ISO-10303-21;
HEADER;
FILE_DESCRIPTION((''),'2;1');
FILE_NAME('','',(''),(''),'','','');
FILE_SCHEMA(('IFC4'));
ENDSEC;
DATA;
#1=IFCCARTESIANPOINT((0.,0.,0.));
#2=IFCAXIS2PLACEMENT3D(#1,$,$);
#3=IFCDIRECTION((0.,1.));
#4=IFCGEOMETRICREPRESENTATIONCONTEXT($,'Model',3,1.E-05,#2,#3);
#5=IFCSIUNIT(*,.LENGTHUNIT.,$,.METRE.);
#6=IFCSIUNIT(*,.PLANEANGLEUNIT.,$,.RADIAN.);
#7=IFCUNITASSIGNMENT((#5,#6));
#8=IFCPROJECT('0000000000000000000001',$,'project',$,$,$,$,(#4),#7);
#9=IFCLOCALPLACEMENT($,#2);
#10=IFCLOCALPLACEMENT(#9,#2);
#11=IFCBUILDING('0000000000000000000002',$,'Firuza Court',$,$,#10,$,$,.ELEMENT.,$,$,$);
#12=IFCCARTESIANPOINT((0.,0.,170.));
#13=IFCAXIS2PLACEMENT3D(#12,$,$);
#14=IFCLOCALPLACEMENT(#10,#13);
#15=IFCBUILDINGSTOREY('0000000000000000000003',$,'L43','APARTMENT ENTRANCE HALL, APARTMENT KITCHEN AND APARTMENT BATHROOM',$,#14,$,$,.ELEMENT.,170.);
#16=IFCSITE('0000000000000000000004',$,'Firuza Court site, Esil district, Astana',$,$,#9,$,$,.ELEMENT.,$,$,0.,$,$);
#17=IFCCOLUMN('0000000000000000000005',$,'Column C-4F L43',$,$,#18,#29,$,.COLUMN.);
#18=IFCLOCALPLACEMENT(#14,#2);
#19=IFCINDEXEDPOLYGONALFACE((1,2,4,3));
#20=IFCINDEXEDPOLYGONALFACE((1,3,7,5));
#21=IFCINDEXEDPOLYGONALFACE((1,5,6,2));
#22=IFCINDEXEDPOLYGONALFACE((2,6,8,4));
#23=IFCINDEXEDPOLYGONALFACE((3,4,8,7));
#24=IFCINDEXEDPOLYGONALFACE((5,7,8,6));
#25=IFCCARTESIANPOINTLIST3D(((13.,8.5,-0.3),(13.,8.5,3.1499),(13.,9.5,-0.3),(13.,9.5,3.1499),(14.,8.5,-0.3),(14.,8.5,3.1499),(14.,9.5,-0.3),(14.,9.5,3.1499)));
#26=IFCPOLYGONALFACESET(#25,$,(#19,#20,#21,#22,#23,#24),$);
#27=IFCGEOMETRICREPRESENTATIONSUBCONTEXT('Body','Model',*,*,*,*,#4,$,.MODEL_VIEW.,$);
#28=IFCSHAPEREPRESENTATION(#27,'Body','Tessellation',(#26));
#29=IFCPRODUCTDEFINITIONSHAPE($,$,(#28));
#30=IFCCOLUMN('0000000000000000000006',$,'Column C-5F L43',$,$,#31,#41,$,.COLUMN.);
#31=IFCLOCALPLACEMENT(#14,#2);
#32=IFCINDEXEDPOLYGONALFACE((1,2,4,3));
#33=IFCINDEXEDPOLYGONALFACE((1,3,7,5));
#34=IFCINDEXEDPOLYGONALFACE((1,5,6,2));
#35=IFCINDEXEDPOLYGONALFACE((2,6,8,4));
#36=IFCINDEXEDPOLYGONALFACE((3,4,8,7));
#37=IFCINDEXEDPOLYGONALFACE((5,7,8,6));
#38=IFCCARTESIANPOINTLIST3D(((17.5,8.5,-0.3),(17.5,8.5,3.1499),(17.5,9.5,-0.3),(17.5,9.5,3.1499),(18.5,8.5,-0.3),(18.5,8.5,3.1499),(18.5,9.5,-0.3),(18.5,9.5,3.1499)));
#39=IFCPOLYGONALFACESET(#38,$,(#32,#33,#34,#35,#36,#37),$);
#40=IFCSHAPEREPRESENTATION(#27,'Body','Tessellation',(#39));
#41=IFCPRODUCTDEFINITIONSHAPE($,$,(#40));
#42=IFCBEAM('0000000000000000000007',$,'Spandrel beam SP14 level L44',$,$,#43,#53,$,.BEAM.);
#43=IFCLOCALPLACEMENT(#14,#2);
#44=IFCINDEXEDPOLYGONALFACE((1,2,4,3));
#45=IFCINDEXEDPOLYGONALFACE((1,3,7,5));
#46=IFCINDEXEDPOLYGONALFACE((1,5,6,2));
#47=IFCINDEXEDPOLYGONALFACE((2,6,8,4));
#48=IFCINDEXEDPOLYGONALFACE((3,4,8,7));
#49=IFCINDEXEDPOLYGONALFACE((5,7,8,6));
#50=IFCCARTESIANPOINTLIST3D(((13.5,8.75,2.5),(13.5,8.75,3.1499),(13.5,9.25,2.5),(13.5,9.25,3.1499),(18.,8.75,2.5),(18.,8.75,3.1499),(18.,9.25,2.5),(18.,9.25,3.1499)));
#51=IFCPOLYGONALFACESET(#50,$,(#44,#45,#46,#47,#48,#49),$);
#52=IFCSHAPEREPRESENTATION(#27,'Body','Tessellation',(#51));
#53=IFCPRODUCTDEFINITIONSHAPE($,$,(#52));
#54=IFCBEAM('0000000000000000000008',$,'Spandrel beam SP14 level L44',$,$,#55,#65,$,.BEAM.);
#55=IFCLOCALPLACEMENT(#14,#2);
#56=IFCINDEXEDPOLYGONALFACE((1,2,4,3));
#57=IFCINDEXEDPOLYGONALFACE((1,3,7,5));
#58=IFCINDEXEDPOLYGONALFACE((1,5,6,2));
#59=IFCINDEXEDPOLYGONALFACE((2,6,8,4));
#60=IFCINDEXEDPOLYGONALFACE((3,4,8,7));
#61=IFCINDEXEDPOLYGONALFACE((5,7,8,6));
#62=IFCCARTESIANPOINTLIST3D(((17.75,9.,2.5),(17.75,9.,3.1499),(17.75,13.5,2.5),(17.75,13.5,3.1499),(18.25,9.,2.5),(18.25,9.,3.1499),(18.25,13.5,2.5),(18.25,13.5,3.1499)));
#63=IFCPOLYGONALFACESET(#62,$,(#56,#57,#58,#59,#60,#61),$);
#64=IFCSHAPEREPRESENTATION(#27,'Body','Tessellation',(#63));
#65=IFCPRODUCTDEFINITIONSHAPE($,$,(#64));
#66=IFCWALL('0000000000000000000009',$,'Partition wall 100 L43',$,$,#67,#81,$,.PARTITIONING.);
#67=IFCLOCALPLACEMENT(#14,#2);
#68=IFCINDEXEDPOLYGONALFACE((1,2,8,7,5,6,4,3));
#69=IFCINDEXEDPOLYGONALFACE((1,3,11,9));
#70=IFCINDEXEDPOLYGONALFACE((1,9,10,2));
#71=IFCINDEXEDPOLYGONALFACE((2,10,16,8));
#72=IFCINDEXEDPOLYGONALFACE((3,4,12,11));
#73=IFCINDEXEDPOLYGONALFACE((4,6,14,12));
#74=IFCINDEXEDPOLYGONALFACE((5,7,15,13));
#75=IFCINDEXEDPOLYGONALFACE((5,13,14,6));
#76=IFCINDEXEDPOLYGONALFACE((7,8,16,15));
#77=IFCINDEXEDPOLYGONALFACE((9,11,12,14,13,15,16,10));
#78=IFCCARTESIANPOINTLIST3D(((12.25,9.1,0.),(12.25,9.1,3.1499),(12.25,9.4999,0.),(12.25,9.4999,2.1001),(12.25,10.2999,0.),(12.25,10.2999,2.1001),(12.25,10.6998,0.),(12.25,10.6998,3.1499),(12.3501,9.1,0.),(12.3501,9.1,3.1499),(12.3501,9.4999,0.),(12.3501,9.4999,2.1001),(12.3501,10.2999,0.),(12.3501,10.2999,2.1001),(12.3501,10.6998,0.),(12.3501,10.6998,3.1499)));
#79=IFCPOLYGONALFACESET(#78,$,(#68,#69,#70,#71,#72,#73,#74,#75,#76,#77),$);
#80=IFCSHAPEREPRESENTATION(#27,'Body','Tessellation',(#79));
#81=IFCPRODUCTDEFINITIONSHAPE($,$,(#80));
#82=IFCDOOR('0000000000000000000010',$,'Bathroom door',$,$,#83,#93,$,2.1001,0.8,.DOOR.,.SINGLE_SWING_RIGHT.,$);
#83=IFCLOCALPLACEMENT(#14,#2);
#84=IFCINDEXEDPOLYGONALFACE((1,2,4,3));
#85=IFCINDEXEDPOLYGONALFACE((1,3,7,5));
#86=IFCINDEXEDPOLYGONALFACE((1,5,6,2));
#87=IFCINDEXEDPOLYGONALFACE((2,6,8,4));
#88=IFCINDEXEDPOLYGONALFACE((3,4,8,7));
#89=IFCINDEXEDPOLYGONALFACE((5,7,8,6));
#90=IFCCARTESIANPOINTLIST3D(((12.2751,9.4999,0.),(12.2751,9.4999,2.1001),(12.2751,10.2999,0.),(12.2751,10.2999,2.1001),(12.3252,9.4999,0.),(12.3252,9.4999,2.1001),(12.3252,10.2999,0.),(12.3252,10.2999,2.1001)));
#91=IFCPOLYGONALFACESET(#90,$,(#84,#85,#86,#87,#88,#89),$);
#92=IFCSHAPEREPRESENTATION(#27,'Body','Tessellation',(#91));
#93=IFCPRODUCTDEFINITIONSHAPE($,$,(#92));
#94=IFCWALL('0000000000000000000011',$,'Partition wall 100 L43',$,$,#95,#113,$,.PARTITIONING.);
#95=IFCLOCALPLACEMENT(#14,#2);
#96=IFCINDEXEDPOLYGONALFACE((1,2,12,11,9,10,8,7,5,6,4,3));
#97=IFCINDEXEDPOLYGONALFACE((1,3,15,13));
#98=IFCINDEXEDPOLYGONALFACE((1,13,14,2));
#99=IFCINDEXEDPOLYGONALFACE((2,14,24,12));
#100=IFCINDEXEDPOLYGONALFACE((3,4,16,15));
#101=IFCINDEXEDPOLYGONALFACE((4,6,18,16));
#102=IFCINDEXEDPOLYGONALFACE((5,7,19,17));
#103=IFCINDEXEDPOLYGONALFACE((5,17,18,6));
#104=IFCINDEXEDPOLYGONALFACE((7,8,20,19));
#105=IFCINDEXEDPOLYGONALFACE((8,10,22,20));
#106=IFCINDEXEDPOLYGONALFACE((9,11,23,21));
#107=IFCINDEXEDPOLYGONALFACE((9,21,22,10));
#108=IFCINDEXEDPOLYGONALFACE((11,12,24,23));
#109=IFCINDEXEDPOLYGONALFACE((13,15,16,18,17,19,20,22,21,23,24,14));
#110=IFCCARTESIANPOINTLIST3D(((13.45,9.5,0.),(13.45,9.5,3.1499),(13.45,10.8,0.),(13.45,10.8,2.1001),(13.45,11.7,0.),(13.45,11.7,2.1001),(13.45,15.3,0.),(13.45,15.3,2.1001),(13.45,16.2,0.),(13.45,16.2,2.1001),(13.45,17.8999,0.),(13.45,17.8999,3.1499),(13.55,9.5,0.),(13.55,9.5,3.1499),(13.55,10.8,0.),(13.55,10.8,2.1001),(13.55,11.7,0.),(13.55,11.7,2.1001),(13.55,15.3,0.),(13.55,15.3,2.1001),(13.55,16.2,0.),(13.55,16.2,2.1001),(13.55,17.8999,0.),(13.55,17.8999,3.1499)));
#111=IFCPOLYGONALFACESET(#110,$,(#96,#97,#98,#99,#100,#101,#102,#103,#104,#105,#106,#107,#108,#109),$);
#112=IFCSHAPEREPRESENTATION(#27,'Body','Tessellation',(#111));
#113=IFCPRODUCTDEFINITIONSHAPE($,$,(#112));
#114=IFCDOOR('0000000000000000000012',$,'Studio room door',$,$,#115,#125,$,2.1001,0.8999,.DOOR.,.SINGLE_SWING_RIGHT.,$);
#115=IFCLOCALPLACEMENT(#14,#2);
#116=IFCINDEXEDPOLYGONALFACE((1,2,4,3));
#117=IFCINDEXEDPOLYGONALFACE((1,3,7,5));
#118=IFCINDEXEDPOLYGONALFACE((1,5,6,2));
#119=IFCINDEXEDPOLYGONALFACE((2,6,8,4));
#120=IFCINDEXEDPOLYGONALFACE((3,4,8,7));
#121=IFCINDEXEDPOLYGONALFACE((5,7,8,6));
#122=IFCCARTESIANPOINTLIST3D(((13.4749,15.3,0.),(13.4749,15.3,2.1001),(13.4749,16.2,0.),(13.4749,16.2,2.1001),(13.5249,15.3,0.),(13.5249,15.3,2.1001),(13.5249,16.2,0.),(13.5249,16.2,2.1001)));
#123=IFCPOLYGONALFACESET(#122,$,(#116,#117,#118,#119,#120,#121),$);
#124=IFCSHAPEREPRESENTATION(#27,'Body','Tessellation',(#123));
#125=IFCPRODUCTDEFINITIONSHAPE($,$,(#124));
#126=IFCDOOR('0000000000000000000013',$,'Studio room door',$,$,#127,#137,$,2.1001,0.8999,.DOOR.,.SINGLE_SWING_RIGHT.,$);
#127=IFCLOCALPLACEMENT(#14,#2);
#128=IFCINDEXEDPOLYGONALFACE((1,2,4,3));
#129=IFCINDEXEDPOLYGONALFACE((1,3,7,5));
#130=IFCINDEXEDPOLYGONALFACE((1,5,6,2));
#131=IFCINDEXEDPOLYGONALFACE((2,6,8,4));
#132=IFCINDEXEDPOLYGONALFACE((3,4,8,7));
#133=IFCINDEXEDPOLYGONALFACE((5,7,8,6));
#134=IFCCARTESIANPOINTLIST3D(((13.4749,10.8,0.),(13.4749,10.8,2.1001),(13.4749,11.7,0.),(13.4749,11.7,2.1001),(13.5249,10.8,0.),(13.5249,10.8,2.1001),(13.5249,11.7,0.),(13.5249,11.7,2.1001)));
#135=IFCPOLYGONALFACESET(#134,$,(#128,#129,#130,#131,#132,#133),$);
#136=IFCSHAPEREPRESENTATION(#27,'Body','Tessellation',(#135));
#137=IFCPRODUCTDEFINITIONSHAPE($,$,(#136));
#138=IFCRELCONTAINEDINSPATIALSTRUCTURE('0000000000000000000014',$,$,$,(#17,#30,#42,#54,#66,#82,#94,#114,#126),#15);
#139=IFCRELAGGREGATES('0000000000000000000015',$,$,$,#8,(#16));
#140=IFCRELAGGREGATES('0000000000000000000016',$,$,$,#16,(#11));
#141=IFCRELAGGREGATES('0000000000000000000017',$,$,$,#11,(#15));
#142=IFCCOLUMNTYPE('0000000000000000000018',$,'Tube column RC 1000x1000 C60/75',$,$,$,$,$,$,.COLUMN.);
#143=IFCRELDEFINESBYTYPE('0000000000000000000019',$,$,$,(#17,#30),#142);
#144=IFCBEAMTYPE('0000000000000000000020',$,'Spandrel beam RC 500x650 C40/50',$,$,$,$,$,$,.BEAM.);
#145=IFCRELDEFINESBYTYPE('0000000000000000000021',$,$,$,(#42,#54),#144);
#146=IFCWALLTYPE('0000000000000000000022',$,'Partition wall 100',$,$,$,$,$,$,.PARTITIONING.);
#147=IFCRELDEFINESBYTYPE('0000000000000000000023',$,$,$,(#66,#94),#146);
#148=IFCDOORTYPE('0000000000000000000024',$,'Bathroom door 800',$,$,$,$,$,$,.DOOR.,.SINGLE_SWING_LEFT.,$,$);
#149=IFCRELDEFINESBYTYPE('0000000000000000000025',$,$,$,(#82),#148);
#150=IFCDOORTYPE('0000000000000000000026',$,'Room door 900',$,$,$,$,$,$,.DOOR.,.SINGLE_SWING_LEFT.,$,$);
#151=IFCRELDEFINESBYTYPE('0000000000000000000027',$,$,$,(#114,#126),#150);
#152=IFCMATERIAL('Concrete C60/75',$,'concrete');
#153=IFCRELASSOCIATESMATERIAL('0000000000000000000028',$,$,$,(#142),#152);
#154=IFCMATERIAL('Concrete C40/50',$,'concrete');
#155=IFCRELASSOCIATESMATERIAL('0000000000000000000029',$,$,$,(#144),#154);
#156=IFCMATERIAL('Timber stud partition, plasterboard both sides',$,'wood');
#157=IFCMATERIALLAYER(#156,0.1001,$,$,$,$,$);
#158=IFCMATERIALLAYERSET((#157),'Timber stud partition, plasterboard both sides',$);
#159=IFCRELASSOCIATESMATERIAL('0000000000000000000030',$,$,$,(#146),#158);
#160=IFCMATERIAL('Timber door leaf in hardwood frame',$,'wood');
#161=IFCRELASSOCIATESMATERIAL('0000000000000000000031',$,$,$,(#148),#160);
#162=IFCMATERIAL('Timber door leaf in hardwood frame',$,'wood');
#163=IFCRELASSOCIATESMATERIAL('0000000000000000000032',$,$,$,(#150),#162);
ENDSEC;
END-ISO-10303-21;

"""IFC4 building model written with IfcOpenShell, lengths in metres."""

from ifc_helpers import new_model, si_unit, direction, frame, frame_2d, origin, origin_2d, place, context, subcontext, project, spatial, rectangle, extrude, material, layer, layer_set, material_profile, profile_set, type_object, element, fill, save


model = new_model("IFC4")

# Units and contexts
model_context = context("Model", 3, precision=1e-05, world=origin(), true_north=direction((0.0, 1.0)))
body_context = subcontext(model_context, "Body", "Model", "MODEL_VIEW")
ifc_project = project(units=[si_unit("LENGTHUNIT", "METRE"), si_unit("PLANEANGLEUNIT", "RADIAN")], contexts=[model_context])

# Site, building, storey
site_placement = place(None, origin())
site = spatial("IfcSite", under=ifc_project, at=site_placement, Name="Firuza Court site, Esil district, Astana", CompositionType="ELEMENT", RefElevation=0.0)
building_placement = place(site_placement, origin())
building = spatial("IfcBuilding", under=site, at=building_placement, Name="Firuza Court", CompositionType="ELEMENT")
storey_placement = place(building_placement, frame((0.0, 0.0, 170.0)))
storey = spatial("IfcBuildingStorey", under=building, at=storey_placement, Name="L43", Description="APARTMENT ENTRANCE HALL, APARTMENT KITCHEN AND APARTMENT BATHROOM", CompositionType="ELEMENT", Elevation=170.0)

# Columns
ifc_material_1 = material(Name="Concrete C60/75", Category="concrete")
ifc_material_profile_1 = material_profile(ifc_material_1, rectangle(XDim=1.0, YDim=1.0, at=origin_2d()), Name="RC 1000x1000")
ifc_profile_set_1 = profile_set([ifc_material_profile_1], Name="Concrete C60/75")
column_type = type_object("IfcColumnType", Name="Tube column RC 1000x1000 C60/75", PredefinedType="COLUMN", material=ifc_profile_set_1)
for number, where, z_axis, x_axis, name in (
    (1, (13.5, 9.0, -0.3), (0.0, 0.0, 1.0), (1.0, 0.0, 0.0), "Column C-4F L43"),
    (2, (18.0, 9.0, -0.3), (0.0, 0.0, 1.0), (1.0, 0.0, 0.0), "Column C-5F L43"),
):
    element("IfcColumn", number, at=place(storey_placement, frame(where, z_axis=z_axis, x_axis=x_axis)), inside=storey, type_object=column_type, Name=name, PredefinedType="COLUMN", context=body_context, shape_type="SweptSolid", body=[
        extrude(rectangle(XDim=1.0, YDim=1.0, at=origin_2d()), origin(), (0.0, 0.0, 1.0), 3.45),
    ])

# Beams
ifc_material_2 = material(Name="Concrete C40/50", Category="concrete")
ifc_material_profile_2 = material_profile(ifc_material_2, rectangle(XDim=0.5, YDim=0.6499, at=origin_2d()), Name="RC 500x650")
ifc_profile_set_2 = profile_set([ifc_material_profile_2], Name="Concrete C40/50")
beam_type = type_object("IfcBeamType", Name="Spandrel beam RC 500x650 C40/50", PredefinedType="BEAM", material=ifc_profile_set_2)
for number, where, z_axis, x_axis, name in (
    (3, (13.5, 9.0, 2.825), (1.0, 0.0, 0.0), (0.0, 1.0, 0.0), "Spandrel beam SP14 level L44"),
    (4, (18.0, 9.0, 2.825), (0.0, 1.0, 0.0), (-1.0, 0.0, 0.0), "Spandrel beam SP14 level L44"),
):
    element("IfcBeam", number, at=place(storey_placement, frame(where, z_axis=z_axis, x_axis=x_axis)), inside=storey, type_object=beam_type, Name=name, PredefinedType="BEAM", context=body_context, shape_type="SweptSolid", body=[
        extrude(rectangle(XDim=0.5, YDim=0.6499, at=origin_2d()), origin(), (0.0, 0.0, 1.0), 4.5),
    ])

# Wall, opening, door
ifc_material_3 = material(Name="Timber stud partition, plasterboard both sides", Category="wood")
ifc_layer_1 = layer(ifc_material_3, 0.1001)
ifc_layer_set_1 = layer_set([ifc_layer_1], Name="Timber stud partition, plasterboard both sides")
wall_type_1 = type_object("IfcWallType", Name="Partition wall 100", PredefinedType="PARTITIONING", material=ifc_layer_set_1)
wall_1_placement = place(storey_placement, frame((12.3, 9.1001, 0.0), z_axis=(0.0, 0.0, 1.0), x_axis=(0.0, 1.0, 0.0)))
wall_1 = element("IfcWall", 5, at=wall_1_placement, inside=storey, type_object=wall_type_1, Name="Partition wall 100 L43", PredefinedType="PARTITIONING", context=body_context, shape_type="SweptSolid", body=[
    extrude(rectangle(XDim=1.5999, YDim=0.1001, at=frame_2d((0.7998, 0.0))), origin(), (0.0, 0.0, 1.0), 3.1499),
])
opening_1_placement = place(wall_1_placement, frame((0.3999, 0.0, 0.0)))
opening_1 = element("IfcOpeningElement", 6, at=opening_1_placement, cuts=wall_1, PredefinedType="OPENING", context=body_context, shape_type="SweptSolid", body=[
    extrude(rectangle(XDim=0.8, YDim=2.1001, at=frame_2d((0.3999, 1.05))), frame((0.0, 0.062, 0.0), z_axis=(0.0, -1.0, 0.0), x_axis=(1.0, 0.0, 0.0)), (0.0, 0.0, 1.0), 0.124),
])
ifc_material_4 = material(Name="Timber door leaf in hardwood frame", Category="wood")
door_type_1 = type_object("IfcDoorType", Name="Bathroom door 800", OperationType="SINGLE_SWING_LEFT", PredefinedType="DOOR", material=ifc_material_4)
door_1_placement = place(opening_1_placement, origin())
door_1 = element("IfcDoor", 7, at=door_1_placement, inside=storey, type_object=door_type_1, Name="Bathroom door", OperationType="SINGLE_SWING_RIGHT", OverallHeight=2.1001, OverallWidth=0.8, PredefinedType="DOOR", context=body_context, shape_type="SweptSolid", body=[
    extrude(rectangle(XDim=0.8, YDim=2.1001, at=frame_2d((0.3999, 1.05))), frame((0.0, 0.0249, 0.0), z_axis=(0.0, -1.0, 0.0), x_axis=(1.0, 0.0, 0.0)), (0.0, 0.0, 1.0), 0.05),
])
fill(opening_1, door_1)

# Wall, openings, doors
wall_2_placement = place(storey_placement, frame((13.5, 9.5, 0.0), z_axis=(0.0, 0.0, 1.0), x_axis=(0.0, 1.0, 0.0)))
wall_2 = element("IfcWall", 8, at=wall_2_placement, inside=storey, type_object=wall_type_1, Name="Partition wall 100 L43", PredefinedType="PARTITIONING", context=body_context, shape_type="SweptSolid", body=[
    extrude(rectangle(XDim=8.3999, YDim=0.1001, at=frame_2d((4.2, 0.0))), origin(), (0.0, 0.0, 1.0), 3.1499),
])
opening_2_placement = place(wall_2_placement, frame((5.8, 0.0, 0.0)))
opening_2 = element("IfcOpeningElement", 9, at=opening_2_placement, cuts=wall_2, PredefinedType="OPENING", context=body_context, shape_type="SweptSolid", body=[
    extrude(rectangle(XDim=0.8999, YDim=2.1001, at=frame_2d((0.45, 1.05))), frame((0.0, 0.062, 0.0), z_axis=(0.0, -1.0, 0.0), x_axis=(1.0, 0.0, 0.0)), (0.0, 0.0, 1.0), 0.124),
])
opening_3_placement = place(wall_2_placement, frame((1.3, 0.0, 0.0)))
opening_3 = element("IfcOpeningElement", 10, at=opening_3_placement, cuts=wall_2, PredefinedType="OPENING", context=body_context, shape_type="SweptSolid", body=[
    extrude(rectangle(XDim=0.8999, YDim=2.1001, at=frame_2d((0.45, 1.05))), frame((0.0, 0.062, 0.0), z_axis=(0.0, -1.0, 0.0), x_axis=(1.0, 0.0, 0.0)), (0.0, 0.0, 1.0), 0.124),
])
ifc_material_5 = material(Name="Timber door leaf in hardwood frame", Category="wood")
door_type_2 = type_object("IfcDoorType", Name="Room door 900", OperationType="SINGLE_SWING_LEFT", PredefinedType="DOOR", material=ifc_material_5)
door_2_placement = place(opening_2_placement, frame((0.8999, 0.0, 0.0), z_axis=(0.0, 0.0, 1.0), x_axis=(-1.0, 0.0, 0.0)))
door_2 = element("IfcDoor", 11, at=door_2_placement, inside=storey, type_object=door_type_2, Name="Studio room door", OperationType="SINGLE_SWING_RIGHT", OverallHeight=2.1001, OverallWidth=0.8999, PredefinedType="DOOR", context=body_context, shape_type="SweptSolid", body=[
    extrude(rectangle(XDim=0.8999, YDim=2.1001, at=frame_2d((0.45, 1.05))), frame((0.0, 0.0249, 0.0), z_axis=(0.0, -1.0, 0.0), x_axis=(1.0, 0.0, 0.0)), (0.0, 0.0, 1.0), 0.05),
])
fill(opening_2, door_2)
door_3_placement = place(opening_3_placement, frame((0.8999, 0.0, 0.0), z_axis=(0.0, 0.0, 1.0), x_axis=(-1.0, 0.0, 0.0)))
door_3 = element("IfcDoor", 12, at=door_3_placement, inside=storey, type_object=door_type_2, Name="Studio room door", OperationType="SINGLE_SWING_RIGHT", OverallHeight=2.1001, OverallWidth=0.8999, PredefinedType="DOOR", context=body_context, shape_type="SweptSolid", body=[
    extrude(rectangle(XDim=0.8999, YDim=2.1001, at=frame_2d((0.45, 1.05))), frame((0.0, 0.0249, 0.0), z_axis=(0.0, -1.0, 0.0), x_axis=(1.0, 0.0, 0.0)), (0.0, 0.0, 1.0), 0.05),
])
fill(opening_3, door_3)

save(model, "model.ifc")
